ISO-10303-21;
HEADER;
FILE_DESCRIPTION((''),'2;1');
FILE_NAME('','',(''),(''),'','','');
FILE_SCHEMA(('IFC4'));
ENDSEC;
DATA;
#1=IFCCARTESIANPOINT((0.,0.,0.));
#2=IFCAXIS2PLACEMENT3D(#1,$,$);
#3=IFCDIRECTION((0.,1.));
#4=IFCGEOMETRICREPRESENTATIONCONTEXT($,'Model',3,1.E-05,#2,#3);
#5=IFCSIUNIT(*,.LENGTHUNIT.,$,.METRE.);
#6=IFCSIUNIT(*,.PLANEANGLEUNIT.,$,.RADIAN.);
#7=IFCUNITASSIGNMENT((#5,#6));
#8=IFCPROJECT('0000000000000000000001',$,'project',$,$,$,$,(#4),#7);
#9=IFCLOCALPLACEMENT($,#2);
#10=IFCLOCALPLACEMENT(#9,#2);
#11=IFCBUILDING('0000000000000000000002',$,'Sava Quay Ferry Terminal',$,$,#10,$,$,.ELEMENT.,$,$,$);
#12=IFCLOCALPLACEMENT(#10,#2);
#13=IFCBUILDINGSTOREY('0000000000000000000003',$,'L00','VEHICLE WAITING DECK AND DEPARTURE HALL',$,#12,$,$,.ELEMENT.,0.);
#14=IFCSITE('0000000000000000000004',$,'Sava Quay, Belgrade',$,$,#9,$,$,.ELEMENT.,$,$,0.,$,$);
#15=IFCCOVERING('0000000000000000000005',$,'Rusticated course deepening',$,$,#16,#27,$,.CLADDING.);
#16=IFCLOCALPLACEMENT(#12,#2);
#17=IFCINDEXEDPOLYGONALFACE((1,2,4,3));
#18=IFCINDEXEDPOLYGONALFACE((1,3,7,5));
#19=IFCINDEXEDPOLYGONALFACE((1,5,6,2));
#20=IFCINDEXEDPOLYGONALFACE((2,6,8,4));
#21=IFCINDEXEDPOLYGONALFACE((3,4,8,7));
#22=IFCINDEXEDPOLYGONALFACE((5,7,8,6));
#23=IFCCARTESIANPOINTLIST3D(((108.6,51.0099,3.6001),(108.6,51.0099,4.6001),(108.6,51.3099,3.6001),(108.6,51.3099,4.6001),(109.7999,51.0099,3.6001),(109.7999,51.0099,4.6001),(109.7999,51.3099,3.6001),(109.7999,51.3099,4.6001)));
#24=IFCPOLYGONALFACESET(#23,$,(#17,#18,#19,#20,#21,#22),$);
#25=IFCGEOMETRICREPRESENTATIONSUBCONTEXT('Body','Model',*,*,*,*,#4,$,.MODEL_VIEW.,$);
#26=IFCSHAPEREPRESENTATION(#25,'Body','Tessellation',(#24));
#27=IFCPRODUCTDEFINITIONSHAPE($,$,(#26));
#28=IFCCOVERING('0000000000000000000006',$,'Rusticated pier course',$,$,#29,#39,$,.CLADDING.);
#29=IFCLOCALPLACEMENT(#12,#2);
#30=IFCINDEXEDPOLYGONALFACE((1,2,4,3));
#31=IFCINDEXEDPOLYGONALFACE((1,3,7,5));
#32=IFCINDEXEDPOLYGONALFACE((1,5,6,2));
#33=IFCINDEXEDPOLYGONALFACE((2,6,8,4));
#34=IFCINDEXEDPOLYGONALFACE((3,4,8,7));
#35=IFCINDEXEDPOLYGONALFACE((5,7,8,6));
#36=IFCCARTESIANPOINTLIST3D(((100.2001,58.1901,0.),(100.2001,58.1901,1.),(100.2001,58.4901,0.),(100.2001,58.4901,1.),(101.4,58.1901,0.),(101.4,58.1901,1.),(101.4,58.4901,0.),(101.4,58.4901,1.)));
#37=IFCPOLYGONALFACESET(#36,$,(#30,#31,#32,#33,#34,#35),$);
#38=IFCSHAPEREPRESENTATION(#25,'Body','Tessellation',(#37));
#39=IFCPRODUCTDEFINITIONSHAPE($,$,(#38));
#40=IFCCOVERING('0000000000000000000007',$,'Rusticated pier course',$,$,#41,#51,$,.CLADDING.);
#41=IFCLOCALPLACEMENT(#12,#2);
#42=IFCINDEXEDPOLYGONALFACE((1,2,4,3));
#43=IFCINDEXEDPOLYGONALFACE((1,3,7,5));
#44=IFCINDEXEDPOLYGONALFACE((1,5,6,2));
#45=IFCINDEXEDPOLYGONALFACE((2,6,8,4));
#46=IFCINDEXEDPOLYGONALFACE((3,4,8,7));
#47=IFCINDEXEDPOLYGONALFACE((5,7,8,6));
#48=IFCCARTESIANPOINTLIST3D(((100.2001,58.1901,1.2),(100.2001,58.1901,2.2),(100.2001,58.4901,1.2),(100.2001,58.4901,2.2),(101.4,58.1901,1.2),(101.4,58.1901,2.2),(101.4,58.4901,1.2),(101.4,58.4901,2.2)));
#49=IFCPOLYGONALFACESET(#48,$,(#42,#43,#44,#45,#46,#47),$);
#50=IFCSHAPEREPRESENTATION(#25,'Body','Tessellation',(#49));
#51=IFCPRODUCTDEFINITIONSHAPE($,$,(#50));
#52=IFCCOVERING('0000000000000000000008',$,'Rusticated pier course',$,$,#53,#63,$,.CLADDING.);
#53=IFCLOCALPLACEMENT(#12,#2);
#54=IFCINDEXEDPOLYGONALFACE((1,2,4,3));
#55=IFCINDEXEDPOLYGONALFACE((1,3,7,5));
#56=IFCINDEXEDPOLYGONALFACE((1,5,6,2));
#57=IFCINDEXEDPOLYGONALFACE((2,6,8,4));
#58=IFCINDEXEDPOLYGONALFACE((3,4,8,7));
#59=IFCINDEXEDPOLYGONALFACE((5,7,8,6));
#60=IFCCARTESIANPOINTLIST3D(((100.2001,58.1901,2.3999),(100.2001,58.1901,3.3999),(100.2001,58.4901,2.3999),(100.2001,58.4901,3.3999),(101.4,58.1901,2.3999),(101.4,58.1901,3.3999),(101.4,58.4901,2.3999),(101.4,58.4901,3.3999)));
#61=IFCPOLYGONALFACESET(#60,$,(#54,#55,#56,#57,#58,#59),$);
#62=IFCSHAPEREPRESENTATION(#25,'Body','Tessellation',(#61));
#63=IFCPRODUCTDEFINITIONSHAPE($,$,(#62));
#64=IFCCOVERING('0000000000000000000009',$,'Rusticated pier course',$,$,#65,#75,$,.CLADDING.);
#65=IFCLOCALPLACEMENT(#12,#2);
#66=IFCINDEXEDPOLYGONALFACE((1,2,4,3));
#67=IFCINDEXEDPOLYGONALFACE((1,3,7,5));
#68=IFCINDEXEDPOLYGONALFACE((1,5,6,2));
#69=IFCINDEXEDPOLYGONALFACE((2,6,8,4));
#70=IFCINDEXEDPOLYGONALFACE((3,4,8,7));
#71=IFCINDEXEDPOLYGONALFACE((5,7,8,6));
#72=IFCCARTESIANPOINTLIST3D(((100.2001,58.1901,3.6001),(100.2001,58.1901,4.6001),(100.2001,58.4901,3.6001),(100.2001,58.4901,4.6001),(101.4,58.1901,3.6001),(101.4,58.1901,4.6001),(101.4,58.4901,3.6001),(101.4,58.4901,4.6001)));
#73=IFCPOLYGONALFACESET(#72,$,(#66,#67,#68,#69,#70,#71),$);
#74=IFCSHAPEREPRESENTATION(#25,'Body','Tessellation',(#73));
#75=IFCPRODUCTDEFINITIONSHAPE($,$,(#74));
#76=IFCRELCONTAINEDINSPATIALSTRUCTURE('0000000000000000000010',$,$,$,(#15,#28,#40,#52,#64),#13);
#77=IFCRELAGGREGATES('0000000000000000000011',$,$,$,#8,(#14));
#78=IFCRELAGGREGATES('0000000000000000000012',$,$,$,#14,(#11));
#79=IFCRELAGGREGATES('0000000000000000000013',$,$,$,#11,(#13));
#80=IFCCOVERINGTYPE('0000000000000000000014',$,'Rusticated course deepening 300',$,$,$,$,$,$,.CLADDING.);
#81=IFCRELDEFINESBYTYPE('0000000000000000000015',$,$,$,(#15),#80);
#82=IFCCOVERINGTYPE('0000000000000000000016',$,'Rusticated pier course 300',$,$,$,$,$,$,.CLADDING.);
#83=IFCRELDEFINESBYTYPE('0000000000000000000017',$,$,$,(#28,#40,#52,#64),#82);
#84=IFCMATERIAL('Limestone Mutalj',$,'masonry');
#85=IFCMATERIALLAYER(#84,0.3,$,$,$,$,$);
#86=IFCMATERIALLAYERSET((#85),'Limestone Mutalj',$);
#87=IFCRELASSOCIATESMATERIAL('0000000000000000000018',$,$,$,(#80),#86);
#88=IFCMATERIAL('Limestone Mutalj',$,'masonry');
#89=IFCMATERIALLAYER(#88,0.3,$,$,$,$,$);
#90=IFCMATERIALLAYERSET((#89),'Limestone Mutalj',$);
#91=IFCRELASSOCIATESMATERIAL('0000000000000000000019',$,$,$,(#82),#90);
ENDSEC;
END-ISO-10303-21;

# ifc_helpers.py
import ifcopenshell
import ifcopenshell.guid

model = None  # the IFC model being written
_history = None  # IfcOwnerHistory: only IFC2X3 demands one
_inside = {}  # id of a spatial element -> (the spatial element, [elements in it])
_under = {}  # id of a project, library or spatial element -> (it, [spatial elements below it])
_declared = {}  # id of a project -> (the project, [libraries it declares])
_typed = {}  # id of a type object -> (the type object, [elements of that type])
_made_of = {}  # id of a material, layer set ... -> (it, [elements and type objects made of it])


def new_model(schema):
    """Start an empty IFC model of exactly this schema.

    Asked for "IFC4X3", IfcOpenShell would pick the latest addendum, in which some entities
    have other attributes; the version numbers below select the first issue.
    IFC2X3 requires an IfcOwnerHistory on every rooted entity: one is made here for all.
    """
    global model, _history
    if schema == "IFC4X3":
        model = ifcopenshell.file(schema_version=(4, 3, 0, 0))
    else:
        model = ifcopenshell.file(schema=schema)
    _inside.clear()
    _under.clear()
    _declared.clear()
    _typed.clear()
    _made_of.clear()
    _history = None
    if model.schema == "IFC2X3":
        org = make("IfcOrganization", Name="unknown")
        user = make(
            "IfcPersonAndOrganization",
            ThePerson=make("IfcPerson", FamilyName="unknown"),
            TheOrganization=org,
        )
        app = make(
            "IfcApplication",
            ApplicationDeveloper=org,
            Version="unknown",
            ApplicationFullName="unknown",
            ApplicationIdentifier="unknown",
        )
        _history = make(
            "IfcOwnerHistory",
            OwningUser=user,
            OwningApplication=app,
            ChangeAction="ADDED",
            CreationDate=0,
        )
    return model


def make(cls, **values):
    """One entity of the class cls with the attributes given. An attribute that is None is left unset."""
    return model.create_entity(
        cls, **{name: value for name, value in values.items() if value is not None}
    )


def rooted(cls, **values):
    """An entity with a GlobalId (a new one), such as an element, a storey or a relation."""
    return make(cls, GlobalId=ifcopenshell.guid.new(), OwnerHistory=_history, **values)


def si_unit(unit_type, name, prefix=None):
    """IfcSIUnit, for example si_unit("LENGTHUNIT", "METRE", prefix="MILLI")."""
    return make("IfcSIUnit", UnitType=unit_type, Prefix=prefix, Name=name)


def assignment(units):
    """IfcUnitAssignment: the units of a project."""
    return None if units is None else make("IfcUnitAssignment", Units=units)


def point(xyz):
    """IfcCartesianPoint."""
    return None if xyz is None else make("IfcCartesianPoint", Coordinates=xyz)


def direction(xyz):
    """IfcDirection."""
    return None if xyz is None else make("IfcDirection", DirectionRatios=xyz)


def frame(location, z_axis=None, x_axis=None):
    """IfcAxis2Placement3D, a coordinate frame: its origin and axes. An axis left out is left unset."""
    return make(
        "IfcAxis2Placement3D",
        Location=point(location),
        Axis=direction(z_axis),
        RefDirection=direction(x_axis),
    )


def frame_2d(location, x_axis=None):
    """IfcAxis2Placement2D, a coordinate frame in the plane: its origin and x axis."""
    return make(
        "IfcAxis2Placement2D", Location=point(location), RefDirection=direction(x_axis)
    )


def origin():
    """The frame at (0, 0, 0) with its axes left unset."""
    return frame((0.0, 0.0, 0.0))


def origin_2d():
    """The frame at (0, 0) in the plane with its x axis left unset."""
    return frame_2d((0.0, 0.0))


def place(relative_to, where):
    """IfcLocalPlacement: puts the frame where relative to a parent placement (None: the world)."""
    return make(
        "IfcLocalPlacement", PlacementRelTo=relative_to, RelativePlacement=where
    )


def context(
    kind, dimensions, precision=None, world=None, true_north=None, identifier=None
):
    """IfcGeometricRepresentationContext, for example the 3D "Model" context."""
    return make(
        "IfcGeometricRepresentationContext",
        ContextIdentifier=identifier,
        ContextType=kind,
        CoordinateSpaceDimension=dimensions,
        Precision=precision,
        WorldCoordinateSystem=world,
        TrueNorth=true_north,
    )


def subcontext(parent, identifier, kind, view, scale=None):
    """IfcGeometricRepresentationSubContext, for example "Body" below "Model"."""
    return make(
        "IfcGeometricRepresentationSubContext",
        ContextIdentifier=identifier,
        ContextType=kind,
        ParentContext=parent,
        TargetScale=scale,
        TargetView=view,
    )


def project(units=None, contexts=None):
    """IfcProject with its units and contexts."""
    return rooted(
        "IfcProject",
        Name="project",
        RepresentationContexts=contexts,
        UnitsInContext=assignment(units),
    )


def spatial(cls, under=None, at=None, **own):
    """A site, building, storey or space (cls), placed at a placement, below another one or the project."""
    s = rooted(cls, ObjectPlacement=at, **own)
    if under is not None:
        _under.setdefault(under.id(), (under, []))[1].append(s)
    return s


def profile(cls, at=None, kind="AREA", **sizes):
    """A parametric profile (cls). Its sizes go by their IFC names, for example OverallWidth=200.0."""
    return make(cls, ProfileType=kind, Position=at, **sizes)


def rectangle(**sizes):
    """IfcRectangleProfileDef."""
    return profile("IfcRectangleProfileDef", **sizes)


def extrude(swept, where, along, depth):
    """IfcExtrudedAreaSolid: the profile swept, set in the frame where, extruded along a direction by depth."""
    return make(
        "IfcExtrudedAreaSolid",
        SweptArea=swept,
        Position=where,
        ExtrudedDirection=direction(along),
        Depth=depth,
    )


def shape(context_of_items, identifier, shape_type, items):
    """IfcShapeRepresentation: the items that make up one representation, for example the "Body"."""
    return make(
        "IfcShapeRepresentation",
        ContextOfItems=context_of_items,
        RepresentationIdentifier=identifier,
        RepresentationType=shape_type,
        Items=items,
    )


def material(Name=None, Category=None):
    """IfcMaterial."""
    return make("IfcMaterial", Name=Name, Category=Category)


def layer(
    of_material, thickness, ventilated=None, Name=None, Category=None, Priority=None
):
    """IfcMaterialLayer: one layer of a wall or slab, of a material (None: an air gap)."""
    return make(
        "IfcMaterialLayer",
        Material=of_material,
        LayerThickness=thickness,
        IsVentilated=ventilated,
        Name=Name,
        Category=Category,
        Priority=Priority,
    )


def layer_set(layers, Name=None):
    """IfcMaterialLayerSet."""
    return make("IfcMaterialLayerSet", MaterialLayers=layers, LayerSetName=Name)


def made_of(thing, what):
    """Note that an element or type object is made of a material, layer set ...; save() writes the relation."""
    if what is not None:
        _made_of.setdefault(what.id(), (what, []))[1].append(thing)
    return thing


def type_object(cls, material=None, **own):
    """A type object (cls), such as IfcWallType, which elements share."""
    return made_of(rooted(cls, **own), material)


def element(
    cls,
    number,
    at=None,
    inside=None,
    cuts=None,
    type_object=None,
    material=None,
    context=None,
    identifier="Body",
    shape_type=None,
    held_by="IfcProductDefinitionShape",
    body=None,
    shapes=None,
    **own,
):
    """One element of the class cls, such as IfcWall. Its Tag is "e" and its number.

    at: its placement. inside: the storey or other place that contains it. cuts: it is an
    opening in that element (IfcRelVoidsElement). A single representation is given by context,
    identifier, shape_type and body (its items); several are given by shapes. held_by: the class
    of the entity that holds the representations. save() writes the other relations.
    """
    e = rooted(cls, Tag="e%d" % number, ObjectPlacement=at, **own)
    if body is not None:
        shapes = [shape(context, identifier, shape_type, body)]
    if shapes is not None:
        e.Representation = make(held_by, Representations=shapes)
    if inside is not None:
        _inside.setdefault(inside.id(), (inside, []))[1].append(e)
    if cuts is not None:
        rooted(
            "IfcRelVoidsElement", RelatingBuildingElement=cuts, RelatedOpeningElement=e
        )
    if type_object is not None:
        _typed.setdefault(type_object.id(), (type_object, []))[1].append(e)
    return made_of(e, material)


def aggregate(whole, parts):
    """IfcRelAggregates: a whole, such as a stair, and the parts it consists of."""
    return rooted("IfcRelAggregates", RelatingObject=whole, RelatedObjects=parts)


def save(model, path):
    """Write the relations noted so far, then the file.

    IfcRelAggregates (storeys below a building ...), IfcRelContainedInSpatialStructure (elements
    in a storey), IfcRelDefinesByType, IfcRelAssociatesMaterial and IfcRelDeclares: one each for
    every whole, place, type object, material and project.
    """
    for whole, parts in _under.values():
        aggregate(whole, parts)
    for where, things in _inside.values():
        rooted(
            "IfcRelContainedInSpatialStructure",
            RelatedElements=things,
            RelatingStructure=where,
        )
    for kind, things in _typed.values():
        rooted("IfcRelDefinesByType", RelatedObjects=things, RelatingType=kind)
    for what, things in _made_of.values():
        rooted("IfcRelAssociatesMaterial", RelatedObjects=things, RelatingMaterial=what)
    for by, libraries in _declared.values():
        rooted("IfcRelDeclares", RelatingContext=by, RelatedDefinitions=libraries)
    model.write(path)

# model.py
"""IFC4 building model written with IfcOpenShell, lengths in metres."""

from ifc_helpers import new_model, si_unit, direction, frame, origin, origin_2d, place, context, subcontext, project, spatial, rectangle, extrude, material, layer, layer_set, type_object, element, save


model = new_model("IFC4")

# Units and contexts
model_context = context("Model", 3, precision=1e-05, world=origin(), true_north=direction((0.0, 1.0)))
body_context = subcontext(model_context, "Body", "Model", "MODEL_VIEW")
ifc_project = project(units=[si_unit("LENGTHUNIT", "METRE"), si_unit("PLANEANGLEUNIT", "RADIAN")], contexts=[model_context])

# Site, building, storey
site_placement = place(None, origin())
site = spatial("IfcSite", under=ifc_project, at=site_placement, Name="Sava Quay, Belgrade", CompositionType="ELEMENT", RefElevation=0.0)
building_placement = place(site_placement, origin())
building = spatial("IfcBuilding", under=site, at=building_placement, Name="Sava Quay Ferry Terminal", CompositionType="ELEMENT")
storey_placement = place(building_placement, origin())
storey = spatial("IfcBuildingStorey", under=building, at=storey_placement, Name="L00", Description="VEHICLE WAITING DECK AND DEPARTURE HALL", CompositionType="ELEMENT", Elevation=0.0)

# Coverings
ifc_material_1 = material(Name="Limestone Mutalj", Category="masonry")
ifc_layer_1 = layer(ifc_material_1, 0.3)
ifc_layer_set_1 = layer_set([ifc_layer_1], Name="Limestone Mutalj")
covering_type_1 = type_object("IfcCoveringType", Name="Rusticated course deepening 300", PredefinedType="CLADDING", material=ifc_layer_set_1)
for number, where, z_axis, x_axis, name in (
    (1, (109.2, 51.1599, 3.6001), (0.0, 0.0, 1.0), (1.0, 0.0, 0.0), "Rusticated course deepening"),
):
    element("IfcCovering", number, at=place(storey_placement, frame(where, z_axis=z_axis, x_axis=x_axis)), inside=storey, type_object=covering_type_1, Name=name, PredefinedType="CLADDING", context=body_context, shape_type="SweptSolid", body=[
        extrude(rectangle(XDim=1.2, YDim=0.3, at=origin_2d()), origin(), (0.0, 0.0, 1.0), 1.0),
    ])
ifc_material_2 = material(Name="Limestone Mutalj", Category="masonry")
ifc_layer_2 = layer(ifc_material_2, 0.3)
ifc_layer_set_2 = layer_set([ifc_layer_2], Name="Limestone Mutalj")
covering_type_2 = type_object("IfcCoveringType", Name="Rusticated pier course 300", PredefinedType="CLADDING", material=ifc_layer_set_2)
for number, where, z_axis, x_axis, name in (
    (2, (100.8, 58.3401, 0.0), (0.0, 0.0, 1.0), (1.0, 0.0, 0.0), "Rusticated pier course"),
    (3, (100.8, 58.3401, 1.2), (0.0, 0.0, 1.0), (1.0, 0.0, 0.0), "Rusticated pier course"),
    (4, (100.8, 58.3401, 2.3999), (0.0, 0.0, 1.0), (1.0, 0.0, 0.0), "Rusticated pier course"),
    (5, (100.8, 58.3401, 3.6001), (0.0, 0.0, 1.0), (1.0, 0.0, 0.0), "Rusticated pier course"),
):
    element("IfcCovering", number, at=place(storey_placement, frame(where, z_axis=z_axis, x_axis=x_axis)), inside=storey, type_object=covering_type_2, Name=name, PredefinedType="CLADDING", context=body_context, shape_type="SweptSolid", body=[
        extrude(rectangle(XDim=1.2, YDim=0.3, at=origin_2d()), origin(), (0.0, 0.0, 1.0), 1.0),
    ])

save(model, "model.ifc")
